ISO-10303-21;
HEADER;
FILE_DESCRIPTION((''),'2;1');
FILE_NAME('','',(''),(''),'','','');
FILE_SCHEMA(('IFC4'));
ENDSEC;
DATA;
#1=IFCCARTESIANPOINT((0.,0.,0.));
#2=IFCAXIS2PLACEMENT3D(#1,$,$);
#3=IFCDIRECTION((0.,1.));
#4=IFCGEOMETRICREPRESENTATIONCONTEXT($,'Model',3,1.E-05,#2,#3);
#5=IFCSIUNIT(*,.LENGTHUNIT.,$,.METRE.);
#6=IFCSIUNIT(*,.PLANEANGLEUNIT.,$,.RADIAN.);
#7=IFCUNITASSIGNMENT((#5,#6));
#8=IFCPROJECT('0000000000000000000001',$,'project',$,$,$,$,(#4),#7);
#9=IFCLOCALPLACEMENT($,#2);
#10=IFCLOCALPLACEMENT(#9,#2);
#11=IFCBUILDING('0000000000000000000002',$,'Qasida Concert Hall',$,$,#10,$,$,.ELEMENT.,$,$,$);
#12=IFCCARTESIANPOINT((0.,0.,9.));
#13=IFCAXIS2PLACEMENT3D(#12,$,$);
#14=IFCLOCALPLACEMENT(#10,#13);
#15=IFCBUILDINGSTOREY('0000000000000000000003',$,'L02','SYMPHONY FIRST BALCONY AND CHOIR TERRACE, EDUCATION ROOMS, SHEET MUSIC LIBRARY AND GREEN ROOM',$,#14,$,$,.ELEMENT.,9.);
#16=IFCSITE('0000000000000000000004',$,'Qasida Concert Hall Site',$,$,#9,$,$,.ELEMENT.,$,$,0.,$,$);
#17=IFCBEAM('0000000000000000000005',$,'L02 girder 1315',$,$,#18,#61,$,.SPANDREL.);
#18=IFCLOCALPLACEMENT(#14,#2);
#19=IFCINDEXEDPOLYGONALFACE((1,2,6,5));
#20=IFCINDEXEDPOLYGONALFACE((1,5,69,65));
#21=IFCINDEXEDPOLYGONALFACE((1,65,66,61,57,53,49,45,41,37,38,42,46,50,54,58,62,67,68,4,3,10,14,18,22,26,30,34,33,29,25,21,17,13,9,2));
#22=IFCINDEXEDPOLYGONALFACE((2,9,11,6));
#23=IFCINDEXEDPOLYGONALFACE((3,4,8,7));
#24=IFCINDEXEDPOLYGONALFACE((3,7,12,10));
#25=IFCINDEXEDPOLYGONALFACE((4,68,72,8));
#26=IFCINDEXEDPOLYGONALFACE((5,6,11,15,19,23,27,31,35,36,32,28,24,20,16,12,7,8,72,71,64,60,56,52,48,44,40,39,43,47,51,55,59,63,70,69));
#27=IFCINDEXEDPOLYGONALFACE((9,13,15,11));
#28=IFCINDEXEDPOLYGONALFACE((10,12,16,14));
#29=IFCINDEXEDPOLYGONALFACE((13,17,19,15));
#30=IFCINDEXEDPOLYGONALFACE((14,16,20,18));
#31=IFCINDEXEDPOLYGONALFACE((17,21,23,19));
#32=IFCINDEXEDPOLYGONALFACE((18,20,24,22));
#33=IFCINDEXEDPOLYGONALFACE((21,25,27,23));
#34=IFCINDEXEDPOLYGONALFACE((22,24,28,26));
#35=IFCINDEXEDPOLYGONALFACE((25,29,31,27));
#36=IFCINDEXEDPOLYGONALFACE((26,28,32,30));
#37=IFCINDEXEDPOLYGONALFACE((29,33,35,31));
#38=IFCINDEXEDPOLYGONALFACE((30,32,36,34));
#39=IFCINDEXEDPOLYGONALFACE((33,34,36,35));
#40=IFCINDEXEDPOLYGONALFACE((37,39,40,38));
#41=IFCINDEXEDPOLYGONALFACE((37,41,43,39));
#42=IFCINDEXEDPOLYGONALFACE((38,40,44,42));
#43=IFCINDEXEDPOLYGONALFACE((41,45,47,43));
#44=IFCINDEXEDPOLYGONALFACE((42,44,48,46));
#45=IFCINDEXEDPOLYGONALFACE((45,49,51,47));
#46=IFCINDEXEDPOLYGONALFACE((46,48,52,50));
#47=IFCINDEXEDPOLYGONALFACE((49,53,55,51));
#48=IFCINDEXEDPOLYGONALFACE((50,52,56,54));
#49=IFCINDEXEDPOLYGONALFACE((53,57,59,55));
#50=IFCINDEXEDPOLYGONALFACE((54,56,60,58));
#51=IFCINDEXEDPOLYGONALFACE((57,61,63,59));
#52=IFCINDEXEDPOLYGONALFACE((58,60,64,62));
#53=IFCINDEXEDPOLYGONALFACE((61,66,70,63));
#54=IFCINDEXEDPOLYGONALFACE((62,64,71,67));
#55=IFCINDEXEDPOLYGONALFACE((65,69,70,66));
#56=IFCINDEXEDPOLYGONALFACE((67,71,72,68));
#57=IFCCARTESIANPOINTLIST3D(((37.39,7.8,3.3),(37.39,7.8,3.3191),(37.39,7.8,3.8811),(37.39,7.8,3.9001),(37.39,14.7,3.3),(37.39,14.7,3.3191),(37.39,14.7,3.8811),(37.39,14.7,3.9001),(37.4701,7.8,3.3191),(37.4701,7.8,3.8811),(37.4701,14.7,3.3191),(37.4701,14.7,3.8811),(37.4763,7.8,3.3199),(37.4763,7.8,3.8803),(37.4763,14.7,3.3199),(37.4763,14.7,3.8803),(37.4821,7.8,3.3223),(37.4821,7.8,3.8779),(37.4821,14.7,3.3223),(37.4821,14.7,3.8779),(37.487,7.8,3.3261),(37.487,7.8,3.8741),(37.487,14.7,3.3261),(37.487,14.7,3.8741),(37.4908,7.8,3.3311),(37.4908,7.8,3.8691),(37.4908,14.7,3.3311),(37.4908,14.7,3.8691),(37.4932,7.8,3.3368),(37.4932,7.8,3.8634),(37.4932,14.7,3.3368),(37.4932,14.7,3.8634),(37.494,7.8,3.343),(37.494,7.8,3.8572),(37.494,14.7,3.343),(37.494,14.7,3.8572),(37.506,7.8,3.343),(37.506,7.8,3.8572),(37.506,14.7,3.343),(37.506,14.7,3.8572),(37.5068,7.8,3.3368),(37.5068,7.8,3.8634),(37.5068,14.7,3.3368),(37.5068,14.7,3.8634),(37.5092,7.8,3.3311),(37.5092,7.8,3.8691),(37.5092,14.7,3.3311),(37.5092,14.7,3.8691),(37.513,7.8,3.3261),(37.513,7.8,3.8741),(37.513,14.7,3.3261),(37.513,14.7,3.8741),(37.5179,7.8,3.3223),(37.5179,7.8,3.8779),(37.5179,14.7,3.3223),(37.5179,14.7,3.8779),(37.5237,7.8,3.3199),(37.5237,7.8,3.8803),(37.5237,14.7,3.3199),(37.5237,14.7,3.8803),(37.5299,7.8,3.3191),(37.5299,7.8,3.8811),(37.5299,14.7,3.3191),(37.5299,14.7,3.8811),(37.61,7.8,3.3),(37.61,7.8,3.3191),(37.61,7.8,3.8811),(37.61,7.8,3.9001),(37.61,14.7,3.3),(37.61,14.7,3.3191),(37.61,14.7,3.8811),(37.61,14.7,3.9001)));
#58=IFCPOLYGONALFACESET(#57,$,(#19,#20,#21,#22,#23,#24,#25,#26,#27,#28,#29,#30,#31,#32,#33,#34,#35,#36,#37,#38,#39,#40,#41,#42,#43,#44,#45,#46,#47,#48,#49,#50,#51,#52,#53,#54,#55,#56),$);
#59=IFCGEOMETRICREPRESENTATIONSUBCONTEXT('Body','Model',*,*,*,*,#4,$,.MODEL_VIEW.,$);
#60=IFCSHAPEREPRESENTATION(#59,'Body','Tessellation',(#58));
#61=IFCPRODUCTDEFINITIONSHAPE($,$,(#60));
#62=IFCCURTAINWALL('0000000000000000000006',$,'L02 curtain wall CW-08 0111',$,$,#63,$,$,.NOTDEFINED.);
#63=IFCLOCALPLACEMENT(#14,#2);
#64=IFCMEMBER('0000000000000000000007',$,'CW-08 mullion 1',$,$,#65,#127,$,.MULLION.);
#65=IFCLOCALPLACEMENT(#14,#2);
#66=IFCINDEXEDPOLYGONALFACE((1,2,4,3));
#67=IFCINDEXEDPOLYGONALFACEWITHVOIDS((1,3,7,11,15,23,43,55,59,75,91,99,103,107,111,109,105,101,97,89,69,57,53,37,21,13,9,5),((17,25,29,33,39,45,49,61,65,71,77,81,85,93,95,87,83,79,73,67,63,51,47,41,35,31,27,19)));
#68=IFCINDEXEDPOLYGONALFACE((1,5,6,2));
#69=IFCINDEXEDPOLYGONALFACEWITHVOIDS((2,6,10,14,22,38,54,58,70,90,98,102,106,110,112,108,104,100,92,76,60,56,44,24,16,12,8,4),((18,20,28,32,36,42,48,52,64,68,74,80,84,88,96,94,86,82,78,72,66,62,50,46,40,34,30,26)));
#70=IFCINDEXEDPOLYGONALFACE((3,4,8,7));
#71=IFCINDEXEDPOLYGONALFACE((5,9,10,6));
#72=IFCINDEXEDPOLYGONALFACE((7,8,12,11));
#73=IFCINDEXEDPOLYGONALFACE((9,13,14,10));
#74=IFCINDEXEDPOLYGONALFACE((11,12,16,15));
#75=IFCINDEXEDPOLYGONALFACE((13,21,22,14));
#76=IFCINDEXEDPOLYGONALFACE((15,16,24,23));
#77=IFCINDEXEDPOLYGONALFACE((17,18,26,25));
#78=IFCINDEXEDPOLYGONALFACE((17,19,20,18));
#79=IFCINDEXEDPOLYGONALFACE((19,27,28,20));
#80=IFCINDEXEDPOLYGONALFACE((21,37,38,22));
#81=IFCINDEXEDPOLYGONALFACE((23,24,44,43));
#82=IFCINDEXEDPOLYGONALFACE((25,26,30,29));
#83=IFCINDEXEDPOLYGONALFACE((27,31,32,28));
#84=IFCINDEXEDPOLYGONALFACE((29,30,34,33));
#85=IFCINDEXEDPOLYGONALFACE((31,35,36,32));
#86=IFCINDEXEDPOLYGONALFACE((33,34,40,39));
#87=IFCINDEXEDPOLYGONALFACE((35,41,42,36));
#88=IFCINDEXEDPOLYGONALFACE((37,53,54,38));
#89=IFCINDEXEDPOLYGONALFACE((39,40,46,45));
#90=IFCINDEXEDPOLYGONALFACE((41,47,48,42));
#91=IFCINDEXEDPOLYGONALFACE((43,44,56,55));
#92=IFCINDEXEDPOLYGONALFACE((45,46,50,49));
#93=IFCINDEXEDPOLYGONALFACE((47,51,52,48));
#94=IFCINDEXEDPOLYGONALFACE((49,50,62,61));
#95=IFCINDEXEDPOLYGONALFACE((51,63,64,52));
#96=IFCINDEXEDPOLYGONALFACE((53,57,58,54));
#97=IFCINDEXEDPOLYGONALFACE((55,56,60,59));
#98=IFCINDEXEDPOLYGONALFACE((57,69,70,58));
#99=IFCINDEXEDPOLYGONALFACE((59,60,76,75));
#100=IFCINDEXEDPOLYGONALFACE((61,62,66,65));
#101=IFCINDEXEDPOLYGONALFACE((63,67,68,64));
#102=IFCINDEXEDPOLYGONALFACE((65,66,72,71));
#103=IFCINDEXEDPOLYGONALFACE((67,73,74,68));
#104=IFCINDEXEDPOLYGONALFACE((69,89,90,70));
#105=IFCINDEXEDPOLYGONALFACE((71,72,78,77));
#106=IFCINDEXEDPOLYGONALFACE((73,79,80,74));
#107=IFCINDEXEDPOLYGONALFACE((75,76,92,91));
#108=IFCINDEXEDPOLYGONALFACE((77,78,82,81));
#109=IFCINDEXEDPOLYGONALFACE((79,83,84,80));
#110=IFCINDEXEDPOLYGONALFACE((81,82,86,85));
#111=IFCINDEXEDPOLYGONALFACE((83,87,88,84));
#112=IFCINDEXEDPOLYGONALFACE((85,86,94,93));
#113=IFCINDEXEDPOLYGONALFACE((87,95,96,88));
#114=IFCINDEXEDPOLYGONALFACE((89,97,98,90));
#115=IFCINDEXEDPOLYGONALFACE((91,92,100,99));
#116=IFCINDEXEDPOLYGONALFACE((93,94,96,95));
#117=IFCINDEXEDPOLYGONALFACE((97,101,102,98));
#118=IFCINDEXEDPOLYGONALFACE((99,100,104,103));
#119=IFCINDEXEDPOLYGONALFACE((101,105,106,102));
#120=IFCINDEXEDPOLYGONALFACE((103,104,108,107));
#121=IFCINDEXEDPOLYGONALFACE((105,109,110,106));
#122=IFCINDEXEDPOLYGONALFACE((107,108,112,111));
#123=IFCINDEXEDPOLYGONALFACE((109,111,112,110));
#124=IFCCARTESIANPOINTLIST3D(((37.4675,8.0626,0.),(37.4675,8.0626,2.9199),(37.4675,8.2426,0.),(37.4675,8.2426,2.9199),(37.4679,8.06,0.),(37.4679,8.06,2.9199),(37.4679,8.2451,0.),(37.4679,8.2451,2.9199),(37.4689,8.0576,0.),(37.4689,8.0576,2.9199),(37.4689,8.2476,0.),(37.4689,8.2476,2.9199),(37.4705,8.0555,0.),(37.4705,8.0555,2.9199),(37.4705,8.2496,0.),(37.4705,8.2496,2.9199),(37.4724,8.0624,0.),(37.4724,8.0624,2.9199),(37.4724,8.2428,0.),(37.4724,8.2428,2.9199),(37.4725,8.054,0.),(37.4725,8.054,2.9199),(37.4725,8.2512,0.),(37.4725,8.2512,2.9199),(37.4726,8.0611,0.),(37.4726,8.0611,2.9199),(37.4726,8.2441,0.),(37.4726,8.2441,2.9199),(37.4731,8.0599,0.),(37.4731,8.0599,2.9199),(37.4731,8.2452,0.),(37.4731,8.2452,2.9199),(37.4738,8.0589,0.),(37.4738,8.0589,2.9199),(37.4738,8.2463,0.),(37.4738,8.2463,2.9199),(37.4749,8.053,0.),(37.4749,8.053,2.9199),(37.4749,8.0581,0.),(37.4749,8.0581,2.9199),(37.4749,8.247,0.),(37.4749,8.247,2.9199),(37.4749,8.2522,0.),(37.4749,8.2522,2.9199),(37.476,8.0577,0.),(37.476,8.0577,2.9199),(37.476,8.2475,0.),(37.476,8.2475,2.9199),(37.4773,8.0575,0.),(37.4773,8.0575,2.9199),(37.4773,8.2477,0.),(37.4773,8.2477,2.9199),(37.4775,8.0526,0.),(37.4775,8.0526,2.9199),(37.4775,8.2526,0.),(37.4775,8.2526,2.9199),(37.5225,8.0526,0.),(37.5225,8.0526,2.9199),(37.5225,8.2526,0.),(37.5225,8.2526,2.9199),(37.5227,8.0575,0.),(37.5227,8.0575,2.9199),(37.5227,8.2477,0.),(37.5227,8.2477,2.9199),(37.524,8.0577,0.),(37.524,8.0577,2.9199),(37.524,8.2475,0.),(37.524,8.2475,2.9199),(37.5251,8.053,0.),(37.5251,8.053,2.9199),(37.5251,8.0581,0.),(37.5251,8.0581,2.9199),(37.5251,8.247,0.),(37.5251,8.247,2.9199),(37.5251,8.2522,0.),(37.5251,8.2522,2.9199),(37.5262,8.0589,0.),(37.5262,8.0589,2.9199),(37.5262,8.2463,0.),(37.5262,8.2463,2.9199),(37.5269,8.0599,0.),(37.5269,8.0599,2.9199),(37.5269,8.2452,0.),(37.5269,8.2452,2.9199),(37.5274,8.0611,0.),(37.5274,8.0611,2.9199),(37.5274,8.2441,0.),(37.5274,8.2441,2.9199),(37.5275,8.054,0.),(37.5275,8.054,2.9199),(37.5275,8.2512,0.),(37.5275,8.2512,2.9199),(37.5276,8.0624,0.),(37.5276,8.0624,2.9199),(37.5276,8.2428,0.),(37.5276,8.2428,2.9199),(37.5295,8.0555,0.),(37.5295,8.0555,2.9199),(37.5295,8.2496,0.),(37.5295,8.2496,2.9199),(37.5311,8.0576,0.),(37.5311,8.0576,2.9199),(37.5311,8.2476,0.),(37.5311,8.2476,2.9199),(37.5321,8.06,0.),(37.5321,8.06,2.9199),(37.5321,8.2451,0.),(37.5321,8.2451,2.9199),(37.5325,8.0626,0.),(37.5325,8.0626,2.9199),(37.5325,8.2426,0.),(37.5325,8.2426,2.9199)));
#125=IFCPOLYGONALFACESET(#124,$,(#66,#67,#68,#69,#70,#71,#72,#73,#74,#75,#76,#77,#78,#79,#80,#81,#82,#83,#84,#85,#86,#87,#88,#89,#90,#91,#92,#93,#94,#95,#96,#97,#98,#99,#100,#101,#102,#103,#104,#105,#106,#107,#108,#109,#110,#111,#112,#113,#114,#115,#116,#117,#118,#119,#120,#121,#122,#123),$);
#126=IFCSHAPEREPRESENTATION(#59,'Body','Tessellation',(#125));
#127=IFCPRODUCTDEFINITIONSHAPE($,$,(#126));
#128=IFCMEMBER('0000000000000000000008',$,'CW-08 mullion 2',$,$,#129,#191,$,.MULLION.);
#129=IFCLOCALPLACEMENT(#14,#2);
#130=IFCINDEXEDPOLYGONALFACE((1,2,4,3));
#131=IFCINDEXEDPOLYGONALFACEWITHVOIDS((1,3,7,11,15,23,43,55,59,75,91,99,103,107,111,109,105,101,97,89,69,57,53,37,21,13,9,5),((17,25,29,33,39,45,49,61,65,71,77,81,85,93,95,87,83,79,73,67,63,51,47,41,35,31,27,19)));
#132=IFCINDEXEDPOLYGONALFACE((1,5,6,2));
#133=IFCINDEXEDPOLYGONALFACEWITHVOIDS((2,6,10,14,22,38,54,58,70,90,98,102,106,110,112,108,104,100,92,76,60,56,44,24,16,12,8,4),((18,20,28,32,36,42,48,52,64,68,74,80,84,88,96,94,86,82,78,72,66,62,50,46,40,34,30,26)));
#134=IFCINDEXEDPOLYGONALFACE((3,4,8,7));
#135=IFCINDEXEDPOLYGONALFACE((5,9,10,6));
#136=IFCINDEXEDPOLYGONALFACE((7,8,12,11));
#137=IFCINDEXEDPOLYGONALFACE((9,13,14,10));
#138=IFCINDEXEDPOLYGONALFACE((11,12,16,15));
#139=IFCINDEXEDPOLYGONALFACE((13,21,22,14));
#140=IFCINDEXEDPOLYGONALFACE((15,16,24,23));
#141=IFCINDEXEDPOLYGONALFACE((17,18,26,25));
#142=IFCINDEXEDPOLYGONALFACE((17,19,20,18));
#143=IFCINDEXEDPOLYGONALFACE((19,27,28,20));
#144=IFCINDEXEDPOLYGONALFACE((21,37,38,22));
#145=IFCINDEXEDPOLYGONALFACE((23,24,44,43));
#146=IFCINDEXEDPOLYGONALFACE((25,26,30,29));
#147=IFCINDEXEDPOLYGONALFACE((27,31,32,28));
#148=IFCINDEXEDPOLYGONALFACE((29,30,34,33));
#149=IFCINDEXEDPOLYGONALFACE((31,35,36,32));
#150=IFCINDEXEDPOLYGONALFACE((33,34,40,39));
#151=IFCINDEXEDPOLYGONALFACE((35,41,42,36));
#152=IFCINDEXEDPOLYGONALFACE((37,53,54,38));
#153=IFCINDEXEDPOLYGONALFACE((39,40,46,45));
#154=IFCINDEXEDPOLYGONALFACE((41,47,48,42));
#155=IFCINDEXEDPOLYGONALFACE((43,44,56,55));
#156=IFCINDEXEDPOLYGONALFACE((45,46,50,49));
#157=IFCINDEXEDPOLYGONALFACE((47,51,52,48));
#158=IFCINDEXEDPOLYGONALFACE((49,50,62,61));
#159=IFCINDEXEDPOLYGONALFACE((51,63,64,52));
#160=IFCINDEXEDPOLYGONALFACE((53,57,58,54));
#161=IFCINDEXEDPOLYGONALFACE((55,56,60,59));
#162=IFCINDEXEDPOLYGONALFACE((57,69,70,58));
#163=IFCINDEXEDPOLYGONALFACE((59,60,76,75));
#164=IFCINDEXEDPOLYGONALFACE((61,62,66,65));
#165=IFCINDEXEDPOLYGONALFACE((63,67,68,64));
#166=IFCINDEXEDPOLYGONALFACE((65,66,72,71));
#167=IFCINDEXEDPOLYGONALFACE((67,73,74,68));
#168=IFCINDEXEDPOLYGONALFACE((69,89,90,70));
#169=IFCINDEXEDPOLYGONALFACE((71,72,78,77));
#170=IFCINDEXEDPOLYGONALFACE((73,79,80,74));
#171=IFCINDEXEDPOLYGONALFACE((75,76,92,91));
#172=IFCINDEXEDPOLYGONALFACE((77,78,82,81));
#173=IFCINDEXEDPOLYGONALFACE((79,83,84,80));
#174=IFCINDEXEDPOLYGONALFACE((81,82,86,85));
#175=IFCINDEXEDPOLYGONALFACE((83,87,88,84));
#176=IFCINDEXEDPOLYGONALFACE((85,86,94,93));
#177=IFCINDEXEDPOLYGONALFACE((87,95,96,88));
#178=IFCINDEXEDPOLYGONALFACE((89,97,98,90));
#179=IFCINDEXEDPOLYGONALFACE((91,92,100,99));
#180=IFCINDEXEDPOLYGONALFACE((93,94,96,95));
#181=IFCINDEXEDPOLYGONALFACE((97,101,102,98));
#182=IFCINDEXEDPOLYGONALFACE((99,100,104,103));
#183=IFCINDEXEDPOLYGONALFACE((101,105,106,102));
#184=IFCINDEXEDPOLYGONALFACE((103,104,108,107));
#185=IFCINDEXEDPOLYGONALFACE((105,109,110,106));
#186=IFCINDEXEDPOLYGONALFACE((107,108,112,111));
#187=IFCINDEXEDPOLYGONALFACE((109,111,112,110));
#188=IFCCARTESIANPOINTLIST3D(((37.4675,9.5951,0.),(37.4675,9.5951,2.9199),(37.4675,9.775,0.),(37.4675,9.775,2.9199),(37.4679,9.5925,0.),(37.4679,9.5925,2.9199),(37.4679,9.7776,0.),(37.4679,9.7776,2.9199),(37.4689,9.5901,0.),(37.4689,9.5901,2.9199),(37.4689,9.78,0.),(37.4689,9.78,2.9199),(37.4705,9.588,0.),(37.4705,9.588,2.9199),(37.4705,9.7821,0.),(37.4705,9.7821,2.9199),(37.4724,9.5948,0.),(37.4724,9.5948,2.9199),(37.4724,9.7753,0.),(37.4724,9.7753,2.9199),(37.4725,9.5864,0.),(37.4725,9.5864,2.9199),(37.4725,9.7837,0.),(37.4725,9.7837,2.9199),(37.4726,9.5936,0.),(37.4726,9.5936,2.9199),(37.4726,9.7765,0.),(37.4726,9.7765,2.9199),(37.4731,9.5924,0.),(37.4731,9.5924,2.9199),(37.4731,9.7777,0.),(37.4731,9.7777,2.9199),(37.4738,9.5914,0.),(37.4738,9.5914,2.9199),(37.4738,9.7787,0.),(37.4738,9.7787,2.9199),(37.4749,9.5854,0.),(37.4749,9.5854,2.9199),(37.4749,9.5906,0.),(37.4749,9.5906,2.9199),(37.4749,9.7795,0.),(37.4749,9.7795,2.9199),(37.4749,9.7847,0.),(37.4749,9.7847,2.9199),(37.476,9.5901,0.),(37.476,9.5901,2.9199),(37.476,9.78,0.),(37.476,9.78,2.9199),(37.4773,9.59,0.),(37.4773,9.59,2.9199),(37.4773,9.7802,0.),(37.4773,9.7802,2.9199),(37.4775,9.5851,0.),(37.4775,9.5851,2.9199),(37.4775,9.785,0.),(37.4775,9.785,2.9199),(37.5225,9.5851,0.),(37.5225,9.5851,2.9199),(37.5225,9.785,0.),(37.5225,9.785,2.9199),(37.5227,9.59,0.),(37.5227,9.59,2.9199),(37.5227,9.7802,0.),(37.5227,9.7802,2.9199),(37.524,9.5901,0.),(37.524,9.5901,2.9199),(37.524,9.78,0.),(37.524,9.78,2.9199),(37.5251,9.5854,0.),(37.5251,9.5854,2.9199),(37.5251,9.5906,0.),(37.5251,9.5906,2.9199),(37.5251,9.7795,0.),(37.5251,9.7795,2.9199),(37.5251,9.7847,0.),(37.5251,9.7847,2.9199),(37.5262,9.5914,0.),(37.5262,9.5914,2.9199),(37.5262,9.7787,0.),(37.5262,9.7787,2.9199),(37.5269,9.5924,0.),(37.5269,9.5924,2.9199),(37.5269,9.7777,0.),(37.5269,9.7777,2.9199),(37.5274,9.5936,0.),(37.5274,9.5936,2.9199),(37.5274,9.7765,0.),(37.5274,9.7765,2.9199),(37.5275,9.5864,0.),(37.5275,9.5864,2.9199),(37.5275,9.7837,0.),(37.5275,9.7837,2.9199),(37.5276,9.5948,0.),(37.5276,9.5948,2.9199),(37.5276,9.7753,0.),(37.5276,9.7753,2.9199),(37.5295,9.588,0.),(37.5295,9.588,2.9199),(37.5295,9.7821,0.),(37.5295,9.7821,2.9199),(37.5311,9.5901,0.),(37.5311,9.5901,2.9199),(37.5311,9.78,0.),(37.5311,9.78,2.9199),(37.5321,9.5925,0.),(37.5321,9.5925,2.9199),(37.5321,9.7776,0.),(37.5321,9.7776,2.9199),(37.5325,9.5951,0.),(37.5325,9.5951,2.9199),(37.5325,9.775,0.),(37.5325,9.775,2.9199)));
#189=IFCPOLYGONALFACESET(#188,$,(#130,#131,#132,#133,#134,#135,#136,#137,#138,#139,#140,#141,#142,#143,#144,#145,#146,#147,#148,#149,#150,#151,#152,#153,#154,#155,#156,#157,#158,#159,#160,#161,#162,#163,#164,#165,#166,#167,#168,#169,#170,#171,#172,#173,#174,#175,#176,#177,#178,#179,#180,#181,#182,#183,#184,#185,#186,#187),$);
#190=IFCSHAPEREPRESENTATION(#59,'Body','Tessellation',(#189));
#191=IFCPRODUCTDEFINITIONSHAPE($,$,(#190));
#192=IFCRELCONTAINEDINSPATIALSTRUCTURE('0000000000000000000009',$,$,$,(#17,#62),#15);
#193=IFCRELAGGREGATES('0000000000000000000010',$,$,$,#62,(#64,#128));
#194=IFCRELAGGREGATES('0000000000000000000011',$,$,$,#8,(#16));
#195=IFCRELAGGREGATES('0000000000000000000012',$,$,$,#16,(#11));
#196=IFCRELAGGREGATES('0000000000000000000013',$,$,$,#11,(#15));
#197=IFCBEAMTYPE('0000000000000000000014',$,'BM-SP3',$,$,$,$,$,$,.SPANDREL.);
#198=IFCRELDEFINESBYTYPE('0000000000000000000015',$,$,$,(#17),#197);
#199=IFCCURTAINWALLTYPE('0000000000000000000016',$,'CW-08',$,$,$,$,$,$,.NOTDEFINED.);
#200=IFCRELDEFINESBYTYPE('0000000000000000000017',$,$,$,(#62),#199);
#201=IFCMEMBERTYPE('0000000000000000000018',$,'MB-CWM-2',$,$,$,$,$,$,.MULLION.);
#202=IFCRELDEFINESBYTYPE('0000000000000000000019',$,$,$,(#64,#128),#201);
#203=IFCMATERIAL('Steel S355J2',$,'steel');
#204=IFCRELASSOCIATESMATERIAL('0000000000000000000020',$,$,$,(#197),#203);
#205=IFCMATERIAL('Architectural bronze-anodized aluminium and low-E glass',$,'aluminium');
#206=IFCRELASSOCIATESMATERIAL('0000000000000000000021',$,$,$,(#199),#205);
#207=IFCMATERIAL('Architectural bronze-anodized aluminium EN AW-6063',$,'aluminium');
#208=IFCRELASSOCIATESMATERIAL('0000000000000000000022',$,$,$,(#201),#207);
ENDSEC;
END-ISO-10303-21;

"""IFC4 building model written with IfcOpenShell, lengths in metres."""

from ifc_helpers import new_model, si_unit, direction, frame, origin, origin_2d, place, context, subcontext, project, spatial, hollow_rectangle, i_section, extrude, material, material_profile, profile_set, type_object, element, aggregate, save


model = new_model("IFC4")

# Units and contexts
model_context = context("Model", 3, precision=1e-05, world=origin(), true_north=direction((0.0, 1.0)))
body_context = subcontext(model_context, "Body", "Model", "MODEL_VIEW")
ifc_project = project(units=[si_unit("LENGTHUNIT", "METRE"), si_unit("PLANEANGLEUNIT", "RADIAN")], contexts=[model_context])

# Site, building, storey
site_placement = place(None, origin())
site = spatial("IfcSite", under=ifc_project, at=site_placement, Name="Qasida Concert Hall Site", CompositionType="ELEMENT", RefElevation=0.0)
building_placement = place(site_placement, origin())
building = spatial("IfcBuilding", under=site, at=building_placement, Name="Qasida Concert Hall", CompositionType="ELEMENT")
storey_placement = place(building_placement, frame((0.0, 0.0, 9.0)))
storey = spatial("IfcBuildingStorey", under=building, at=storey_placement, Name="L02", Description="SYMPHONY FIRST BALCONY AND CHOIR TERRACE, EDUCATION ROOMS, SHEET MUSIC LIBRARY AND GREEN ROOM", CompositionType="ELEMENT", Elevation=9.0)

# Beam
ifc_material_1 = material(Name="Steel S355J2", Category="steel")
ifc_material_profile_1 = material_profile(ifc_material_1, i_section(OverallWidth=0.22, OverallDepth=0.6001, WebThickness=0.012, FlangeThickness=0.019, FilletRadius=0.0239, at=origin_2d()), Name="IPE 600")
ifc_profile_set_1 = profile_set([ifc_material_profile_1], Name="Steel S355J2")
beam_type = type_object("IfcBeamType", Name="BM-SP3", PredefinedType="SPANDREL", material=ifc_profile_set_1)
beam_placement = place(storey_placement, frame((37.5, 7.8, 3.6001), z_axis=(0.0, 1.0, 0.0), x_axis=(-1.0, 0.0, 0.0)))
element("IfcBeam", 1, at=beam_placement, inside=storey, type_object=beam_type, Name="L02 girder 1315", PredefinedType="SPANDREL", context=body_context, shape_type="SweptSolid", body=[
    extrude(i_section(OverallWidth=0.22, OverallDepth=0.6001, WebThickness=0.012, FlangeThickness=0.019, FilletRadius=0.0239, at=origin_2d()), origin(), (0.0, 0.0, 1.0), 6.8999),
])

# Curtain wall, members
ifc_material_2 = material(Name="Architectural bronze-anodized aluminium and low-E glass", Category="aluminium")
curtain_wall_type = type_object("IfcCurtainWallType", Name="CW-08", PredefinedType="NOTDEFINED", material=ifc_material_2)
curtain_wall_placement = place(storey_placement, origin())
curtain_wall = element("IfcCurtainWall", 2, at=curtain_wall_placement, inside=storey, type_object=curtain_wall_type, Name="L02 curtain wall CW-08 0111", PredefinedType="NOTDEFINED")
ifc_material_3 = material(Name="Architectural bronze-anodized aluminium EN AW-6063", Category="aluminium")
ifc_material_profile_2 = material_profile(ifc_material_3, hollow_rectangle(XDim=0.0649, YDim=0.2, WallThickness=0.0049, InnerFilletRadius=0.0049, OuterFilletRadius=0.01, at=origin_2d()), Name="CWM 200x65x5")
ifc_profile_set_2 = profile_set([ifc_material_profile_2], Name="Architectural bronze-anodized aluminium EN AW-6063")
member_type_1 = type_object("IfcMemberType", Name="MB-CWM-2", PredefinedType="MULLION", material=ifc_profile_set_2)
member_1_placement = place(storey_placement, frame((37.5, 8.1526, 0.0), z_axis=(0.0, 0.0, 1.0), x_axis=(-1.0, 0.0, 0.0)))
member_1 = element("IfcMember", 3, at=member_1_placement, type_object=member_type_1, Name="CW-08 mullion 1", PredefinedType="MULLION", context=body_context, shape_type="SweptSolid", body=[
    extrude(hollow_rectangle(XDim=0.0649, YDim=0.2, WallThickness=0.0049, InnerFilletRadius=0.0049, OuterFilletRadius=0.01, at=origin_2d()), origin(), (0.0, 0.0, 1.0), 2.9199),
])
member_2_placement = place(storey_placement, frame((37.5, 9.6851, 0.0), z_axis=(0.0, 0.0, 1.0), x_axis=(-1.0, 0.0, 0.0)))
member_2 = element("IfcMember", 4, at=member_2_placement, type_object=member_type_1, Name="CW-08 mullion 2", PredefinedType="MULLION", context=body_context, shape_type="SweptSolid", body=[
    extrude(hollow_rectangle(XDim=0.0649, YDim=0.2, WallThickness=0.0049, InnerFilletRadius=0.0049, OuterFilletRadius=0.01, at=origin_2d()), origin(), (0.0, 0.0, 1.0), 2.9199),
])
aggregate(curtain_wall, [member_1, member_2])

save(model, "model.ifc")
